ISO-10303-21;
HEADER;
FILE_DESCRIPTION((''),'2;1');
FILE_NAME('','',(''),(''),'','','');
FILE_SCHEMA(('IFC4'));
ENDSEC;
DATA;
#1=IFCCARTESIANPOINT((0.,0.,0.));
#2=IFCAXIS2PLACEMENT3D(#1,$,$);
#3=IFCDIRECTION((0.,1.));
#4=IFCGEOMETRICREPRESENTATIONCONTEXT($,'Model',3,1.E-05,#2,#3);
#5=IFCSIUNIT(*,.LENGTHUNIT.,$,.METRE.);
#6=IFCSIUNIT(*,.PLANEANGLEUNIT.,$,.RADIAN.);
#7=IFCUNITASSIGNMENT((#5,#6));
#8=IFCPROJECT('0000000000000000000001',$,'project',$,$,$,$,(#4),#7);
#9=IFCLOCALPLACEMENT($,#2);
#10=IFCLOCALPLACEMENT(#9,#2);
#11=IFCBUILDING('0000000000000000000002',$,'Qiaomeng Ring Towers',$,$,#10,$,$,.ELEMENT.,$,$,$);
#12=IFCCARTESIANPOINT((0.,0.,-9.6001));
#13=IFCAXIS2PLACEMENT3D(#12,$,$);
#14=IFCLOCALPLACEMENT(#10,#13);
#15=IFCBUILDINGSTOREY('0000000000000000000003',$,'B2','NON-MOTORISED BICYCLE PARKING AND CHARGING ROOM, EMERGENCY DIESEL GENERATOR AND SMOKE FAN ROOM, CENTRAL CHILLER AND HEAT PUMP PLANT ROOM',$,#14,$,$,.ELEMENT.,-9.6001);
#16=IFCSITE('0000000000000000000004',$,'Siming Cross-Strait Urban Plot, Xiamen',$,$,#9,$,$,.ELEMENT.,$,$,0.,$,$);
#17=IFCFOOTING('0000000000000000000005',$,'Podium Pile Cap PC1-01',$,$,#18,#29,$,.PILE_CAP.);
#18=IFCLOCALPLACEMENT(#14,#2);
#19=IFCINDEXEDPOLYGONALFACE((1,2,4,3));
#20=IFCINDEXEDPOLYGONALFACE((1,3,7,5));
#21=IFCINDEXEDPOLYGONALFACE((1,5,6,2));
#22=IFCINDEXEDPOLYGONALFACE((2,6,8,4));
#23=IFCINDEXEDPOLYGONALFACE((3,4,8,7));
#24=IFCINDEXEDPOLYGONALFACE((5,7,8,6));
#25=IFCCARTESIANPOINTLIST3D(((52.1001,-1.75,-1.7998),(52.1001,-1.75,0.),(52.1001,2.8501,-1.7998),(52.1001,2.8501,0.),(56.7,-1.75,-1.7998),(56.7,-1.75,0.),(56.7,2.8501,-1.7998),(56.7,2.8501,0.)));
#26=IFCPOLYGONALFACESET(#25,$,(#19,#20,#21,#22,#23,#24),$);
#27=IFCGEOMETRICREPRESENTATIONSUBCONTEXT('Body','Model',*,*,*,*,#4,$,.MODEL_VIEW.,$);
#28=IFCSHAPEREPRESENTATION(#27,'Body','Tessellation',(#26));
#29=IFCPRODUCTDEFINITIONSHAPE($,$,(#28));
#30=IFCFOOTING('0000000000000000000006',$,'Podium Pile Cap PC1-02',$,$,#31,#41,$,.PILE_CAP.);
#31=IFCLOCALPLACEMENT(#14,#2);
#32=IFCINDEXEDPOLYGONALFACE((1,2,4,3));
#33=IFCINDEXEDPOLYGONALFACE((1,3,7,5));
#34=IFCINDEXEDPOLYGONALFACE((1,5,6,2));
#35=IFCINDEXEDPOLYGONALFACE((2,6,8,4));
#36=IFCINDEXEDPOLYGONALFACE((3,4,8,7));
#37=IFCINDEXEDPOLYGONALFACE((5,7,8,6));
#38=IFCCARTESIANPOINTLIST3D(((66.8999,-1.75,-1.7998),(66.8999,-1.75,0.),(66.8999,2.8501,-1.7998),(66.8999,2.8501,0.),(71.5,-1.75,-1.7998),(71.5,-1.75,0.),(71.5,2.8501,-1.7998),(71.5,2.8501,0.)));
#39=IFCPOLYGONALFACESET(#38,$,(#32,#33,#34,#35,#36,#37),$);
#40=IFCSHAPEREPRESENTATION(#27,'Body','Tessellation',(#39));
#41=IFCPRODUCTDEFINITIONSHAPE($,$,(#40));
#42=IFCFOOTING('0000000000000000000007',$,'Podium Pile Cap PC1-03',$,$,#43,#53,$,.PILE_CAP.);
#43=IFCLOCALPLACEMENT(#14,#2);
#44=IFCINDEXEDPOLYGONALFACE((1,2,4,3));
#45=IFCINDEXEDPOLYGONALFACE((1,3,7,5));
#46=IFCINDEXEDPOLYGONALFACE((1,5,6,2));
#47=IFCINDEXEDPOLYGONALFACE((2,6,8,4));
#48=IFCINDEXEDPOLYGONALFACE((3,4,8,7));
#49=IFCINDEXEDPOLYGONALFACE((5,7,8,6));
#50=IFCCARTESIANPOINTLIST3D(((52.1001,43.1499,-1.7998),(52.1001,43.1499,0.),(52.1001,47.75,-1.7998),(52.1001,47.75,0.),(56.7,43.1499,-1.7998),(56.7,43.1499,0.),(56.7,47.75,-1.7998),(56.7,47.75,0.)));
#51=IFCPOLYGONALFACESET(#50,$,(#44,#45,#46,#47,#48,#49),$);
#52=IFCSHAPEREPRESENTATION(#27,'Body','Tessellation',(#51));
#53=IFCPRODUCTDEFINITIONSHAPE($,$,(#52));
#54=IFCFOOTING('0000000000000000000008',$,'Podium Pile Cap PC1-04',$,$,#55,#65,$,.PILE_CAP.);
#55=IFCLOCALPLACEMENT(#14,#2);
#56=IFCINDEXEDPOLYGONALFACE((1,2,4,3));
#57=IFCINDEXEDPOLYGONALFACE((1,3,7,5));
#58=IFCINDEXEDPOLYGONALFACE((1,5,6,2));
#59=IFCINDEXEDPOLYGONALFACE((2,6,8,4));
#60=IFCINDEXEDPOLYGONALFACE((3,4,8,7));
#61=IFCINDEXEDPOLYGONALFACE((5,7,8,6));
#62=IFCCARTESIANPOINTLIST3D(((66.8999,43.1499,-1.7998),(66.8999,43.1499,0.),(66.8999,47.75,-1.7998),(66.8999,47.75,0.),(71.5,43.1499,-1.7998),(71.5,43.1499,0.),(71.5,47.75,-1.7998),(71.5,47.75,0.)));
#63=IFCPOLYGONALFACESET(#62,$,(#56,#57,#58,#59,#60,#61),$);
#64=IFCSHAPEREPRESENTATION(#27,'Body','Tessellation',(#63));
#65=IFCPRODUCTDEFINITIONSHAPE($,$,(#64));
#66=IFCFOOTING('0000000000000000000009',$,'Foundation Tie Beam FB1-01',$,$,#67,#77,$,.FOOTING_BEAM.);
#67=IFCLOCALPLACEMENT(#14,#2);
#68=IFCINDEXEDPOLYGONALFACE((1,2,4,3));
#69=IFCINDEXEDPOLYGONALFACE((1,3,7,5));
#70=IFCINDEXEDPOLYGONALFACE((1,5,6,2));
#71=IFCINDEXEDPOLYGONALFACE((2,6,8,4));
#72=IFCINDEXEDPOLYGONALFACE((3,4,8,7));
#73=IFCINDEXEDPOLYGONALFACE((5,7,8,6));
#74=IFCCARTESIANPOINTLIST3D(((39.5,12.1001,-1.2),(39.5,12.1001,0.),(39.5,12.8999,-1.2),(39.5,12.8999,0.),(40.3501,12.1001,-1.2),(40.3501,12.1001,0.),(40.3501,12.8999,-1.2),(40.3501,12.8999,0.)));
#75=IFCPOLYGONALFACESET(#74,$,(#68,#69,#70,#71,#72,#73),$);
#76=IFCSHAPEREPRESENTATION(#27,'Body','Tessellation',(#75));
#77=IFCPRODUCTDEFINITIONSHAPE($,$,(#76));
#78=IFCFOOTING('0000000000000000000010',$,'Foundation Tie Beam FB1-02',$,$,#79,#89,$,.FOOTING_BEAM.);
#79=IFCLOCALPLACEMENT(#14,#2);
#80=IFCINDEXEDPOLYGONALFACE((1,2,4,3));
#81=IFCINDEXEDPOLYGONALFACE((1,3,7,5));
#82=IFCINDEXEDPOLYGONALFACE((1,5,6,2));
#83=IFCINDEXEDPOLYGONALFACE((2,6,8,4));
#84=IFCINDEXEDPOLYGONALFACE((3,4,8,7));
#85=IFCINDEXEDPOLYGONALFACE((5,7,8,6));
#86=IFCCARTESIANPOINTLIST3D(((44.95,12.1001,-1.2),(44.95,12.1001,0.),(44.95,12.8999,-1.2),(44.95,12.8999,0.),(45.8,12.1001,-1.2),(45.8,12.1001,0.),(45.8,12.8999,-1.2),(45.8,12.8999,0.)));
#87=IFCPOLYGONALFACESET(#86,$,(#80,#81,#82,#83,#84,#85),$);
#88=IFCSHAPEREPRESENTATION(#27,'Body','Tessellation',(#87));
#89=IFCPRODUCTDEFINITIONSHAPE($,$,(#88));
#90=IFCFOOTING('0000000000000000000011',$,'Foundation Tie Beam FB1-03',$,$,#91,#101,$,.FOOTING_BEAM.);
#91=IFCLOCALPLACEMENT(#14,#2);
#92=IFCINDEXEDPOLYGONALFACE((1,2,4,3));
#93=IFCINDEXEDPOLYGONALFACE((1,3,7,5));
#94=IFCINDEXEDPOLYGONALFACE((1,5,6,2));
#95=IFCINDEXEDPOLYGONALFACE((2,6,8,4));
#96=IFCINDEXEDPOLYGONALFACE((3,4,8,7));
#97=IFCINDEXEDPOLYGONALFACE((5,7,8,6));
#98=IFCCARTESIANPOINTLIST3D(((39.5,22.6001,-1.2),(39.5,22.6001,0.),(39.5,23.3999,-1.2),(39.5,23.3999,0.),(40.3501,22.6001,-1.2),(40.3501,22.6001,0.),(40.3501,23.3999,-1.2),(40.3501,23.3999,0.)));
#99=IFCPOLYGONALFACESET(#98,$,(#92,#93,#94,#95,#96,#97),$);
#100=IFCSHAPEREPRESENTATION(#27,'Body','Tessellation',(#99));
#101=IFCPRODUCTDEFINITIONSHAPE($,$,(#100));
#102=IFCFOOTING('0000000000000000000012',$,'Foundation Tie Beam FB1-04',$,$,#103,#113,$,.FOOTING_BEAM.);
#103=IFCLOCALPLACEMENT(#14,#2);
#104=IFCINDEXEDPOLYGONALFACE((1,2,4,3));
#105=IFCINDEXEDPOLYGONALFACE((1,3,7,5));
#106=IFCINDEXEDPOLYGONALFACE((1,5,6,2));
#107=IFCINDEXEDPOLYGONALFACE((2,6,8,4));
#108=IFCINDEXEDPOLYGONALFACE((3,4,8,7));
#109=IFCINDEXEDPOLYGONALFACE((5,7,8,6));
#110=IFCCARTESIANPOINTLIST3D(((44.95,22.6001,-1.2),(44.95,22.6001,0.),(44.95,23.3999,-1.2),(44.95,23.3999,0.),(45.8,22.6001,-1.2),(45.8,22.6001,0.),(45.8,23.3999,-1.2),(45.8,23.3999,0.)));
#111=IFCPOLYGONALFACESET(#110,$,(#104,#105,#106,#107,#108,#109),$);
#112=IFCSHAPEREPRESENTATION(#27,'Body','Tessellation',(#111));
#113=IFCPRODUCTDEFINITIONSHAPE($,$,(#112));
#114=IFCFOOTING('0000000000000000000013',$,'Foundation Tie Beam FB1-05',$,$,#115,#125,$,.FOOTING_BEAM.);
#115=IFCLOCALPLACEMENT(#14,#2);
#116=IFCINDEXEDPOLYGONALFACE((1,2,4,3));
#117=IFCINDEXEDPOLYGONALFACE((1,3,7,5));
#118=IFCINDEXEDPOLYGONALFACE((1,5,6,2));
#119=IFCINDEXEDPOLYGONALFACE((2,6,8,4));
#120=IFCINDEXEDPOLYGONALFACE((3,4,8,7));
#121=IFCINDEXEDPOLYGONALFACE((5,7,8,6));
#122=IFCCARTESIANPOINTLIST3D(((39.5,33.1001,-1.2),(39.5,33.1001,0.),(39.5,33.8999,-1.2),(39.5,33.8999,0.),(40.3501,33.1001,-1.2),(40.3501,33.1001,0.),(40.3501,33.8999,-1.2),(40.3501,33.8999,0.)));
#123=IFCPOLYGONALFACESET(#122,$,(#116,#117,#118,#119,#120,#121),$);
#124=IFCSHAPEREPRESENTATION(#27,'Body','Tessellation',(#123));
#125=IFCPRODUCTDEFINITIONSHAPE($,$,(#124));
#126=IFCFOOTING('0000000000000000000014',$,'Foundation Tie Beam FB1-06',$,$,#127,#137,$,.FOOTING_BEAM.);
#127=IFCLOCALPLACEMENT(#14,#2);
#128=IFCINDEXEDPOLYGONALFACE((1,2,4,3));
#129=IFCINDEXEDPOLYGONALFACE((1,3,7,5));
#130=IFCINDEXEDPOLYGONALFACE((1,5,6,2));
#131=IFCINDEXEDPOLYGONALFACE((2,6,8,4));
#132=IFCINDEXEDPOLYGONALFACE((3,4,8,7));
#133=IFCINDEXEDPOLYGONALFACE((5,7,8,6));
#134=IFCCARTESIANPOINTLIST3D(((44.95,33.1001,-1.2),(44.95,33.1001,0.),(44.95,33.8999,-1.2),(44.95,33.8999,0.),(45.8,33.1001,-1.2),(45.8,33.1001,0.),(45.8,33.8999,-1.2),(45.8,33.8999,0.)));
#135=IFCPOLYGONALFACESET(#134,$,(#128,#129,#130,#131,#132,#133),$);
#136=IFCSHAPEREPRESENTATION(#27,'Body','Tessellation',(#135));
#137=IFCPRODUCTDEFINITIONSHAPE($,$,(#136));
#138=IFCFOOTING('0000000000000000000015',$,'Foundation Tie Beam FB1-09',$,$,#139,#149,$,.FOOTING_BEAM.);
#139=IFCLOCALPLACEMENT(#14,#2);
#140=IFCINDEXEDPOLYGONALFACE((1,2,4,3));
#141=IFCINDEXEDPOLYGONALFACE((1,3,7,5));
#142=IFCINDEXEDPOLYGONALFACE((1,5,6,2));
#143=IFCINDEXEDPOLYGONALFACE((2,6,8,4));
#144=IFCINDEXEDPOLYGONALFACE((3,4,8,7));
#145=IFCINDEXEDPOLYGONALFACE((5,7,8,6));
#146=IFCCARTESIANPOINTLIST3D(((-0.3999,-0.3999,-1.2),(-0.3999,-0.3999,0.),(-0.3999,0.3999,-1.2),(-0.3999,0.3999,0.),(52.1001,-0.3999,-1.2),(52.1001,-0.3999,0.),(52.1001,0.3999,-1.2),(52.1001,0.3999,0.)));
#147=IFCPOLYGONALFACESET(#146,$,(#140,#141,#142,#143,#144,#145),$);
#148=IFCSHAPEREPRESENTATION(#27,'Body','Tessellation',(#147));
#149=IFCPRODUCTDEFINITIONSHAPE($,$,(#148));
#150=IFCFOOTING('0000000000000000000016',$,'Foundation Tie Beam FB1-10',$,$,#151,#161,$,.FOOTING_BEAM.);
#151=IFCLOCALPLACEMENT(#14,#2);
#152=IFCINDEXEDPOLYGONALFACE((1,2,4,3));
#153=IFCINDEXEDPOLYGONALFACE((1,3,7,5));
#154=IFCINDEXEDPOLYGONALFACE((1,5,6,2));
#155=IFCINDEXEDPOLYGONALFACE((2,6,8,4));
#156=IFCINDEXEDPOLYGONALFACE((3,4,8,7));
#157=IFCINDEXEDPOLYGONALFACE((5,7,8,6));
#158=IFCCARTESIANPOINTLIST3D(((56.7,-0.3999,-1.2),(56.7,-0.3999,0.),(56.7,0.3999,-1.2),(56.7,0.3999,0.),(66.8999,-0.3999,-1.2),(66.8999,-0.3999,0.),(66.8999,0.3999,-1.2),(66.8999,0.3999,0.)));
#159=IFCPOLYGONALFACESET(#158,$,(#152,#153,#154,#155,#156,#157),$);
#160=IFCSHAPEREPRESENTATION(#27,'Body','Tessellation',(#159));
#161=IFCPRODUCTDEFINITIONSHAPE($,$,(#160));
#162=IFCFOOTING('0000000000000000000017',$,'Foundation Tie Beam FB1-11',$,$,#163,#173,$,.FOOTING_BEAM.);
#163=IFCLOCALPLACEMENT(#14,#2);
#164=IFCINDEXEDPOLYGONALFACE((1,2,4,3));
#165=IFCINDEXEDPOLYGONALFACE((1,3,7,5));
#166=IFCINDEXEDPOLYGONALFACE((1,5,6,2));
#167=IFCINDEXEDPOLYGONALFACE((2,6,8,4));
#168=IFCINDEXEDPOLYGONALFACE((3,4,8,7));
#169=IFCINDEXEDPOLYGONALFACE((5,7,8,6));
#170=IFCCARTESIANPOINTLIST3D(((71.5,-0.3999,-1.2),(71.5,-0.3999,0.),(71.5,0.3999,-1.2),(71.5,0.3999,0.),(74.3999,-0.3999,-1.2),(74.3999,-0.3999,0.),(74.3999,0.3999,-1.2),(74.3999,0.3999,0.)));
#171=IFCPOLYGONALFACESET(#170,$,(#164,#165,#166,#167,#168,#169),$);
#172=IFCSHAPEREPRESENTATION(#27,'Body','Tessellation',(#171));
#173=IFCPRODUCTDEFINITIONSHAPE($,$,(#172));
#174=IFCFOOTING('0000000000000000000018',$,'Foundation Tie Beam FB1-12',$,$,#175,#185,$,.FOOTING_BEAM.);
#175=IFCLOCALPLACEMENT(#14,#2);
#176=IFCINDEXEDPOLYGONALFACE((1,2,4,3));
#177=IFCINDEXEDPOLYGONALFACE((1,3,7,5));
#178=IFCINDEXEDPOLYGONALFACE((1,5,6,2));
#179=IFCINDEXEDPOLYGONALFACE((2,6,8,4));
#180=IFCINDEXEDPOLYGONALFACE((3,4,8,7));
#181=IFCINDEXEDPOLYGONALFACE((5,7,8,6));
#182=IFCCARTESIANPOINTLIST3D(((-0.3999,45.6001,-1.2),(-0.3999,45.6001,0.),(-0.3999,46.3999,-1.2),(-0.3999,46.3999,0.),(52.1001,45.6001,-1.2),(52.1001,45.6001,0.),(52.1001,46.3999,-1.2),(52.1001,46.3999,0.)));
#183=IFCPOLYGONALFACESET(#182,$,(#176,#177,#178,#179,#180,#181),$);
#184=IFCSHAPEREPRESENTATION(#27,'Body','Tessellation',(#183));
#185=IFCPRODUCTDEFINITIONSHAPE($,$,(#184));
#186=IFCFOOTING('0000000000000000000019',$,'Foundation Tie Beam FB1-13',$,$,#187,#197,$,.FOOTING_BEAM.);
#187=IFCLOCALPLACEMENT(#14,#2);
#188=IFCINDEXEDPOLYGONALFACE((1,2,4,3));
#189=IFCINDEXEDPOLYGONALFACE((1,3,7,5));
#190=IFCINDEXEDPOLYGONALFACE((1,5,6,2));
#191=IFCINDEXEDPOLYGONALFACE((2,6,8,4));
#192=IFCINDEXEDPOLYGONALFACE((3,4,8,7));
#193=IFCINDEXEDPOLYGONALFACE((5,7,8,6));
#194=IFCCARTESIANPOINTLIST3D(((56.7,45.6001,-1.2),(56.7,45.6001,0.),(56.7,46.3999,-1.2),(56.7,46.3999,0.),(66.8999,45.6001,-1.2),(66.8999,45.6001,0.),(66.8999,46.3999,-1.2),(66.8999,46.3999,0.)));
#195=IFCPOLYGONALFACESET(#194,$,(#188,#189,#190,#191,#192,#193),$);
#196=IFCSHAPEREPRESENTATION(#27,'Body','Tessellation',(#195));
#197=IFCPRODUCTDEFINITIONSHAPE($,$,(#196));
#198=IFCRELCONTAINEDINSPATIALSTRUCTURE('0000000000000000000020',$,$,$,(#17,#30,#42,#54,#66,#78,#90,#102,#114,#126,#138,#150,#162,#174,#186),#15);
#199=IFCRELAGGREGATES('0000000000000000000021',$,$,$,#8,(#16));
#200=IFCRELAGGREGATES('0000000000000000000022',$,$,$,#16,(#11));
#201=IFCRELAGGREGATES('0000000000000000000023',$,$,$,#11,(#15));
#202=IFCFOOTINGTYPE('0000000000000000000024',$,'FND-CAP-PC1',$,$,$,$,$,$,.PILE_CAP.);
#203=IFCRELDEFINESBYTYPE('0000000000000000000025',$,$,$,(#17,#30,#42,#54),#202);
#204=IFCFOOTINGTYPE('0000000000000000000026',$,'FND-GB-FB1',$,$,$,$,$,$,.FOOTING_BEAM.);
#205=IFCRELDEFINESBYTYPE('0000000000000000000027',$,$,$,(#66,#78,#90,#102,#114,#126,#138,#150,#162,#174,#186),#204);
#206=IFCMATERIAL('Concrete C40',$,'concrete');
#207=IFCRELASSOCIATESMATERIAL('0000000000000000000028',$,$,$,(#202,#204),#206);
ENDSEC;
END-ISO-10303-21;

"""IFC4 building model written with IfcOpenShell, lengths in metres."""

from ifc_helpers import new_model, si_unit, direction, frame, origin, place, context, subcontext, project, spatial, polyline, outline, extrude, material, type_object, element, save


model = new_model("IFC4")

# Units and contexts
model_context = context("Model", 3, precision=1e-05, world=origin(), true_north=direction((0.0, 1.0)))
body_context = subcontext(model_context, "Body", "Model", "MODEL_VIEW")
ifc_project = project(units=[si_unit("LENGTHUNIT", "METRE"), si_unit("PLANEANGLEUNIT", "RADIAN")], contexts=[model_context])

# Site, building, storey
site_placement = place(None, origin())
site = spatial("IfcSite", under=ifc_project, at=site_placement, Name="Siming Cross-Strait Urban Plot, Xiamen", CompositionType="ELEMENT", RefElevation=0.0)
building_placement = place(site_placement, origin())
building = spatial("IfcBuilding", under=site, at=building_placement, Name="Qiaomeng Ring Towers", CompositionType="ELEMENT")
storey_placement = place(building_placement, frame((0.0, 0.0, -9.6001)))
storey = spatial("IfcBuildingStorey", under=building, at=storey_placement, Name="B2", Description="NON-MOTORISED BICYCLE PARKING AND CHARGING ROOM, EMERGENCY DIESEL GENERATOR AND SMOKE FAN ROOM, CENTRAL CHILLER AND HEAT PUMP PLANT ROOM", CompositionType="ELEMENT", Elevation=-9.6001)

# Footings
ifc_material = material(Name="Concrete C40", Category="concrete")
footing_type_1 = type_object("IfcFootingType", Name="FND-CAP-PC1", PredefinedType="PILE_CAP", material=ifc_material)
footing_1_placement = place(storey_placement, frame((0.0, 0.0, -1.7998)))
element("IfcFooting", 1, at=footing_1_placement, inside=storey, type_object=footing_type_1, Name="Podium Pile Cap PC1-01", PredefinedType="PILE_CAP", context=body_context, shape_type="SweptSolid", body=[
    extrude(outline(polyline([(52.1001, -1.75), (56.7, -1.75), (56.7, 2.8501), (52.1001, 2.8501), (52.1001, -1.75)])), origin(), (0.0, 0.0, 1.0), 1.7998),
])
footing_2_placement = place(storey_placement, frame((0.0, 0.0, -1.7998)))
element("IfcFooting", 2, at=footing_2_placement, inside=storey, type_object=footing_type_1, Name="Podium Pile Cap PC1-02", PredefinedType="PILE_CAP", context=body_context, shape_type="SweptSolid", body=[
    extrude(outline(polyline([(66.8999, -1.75), (71.5, -1.75), (71.5, 2.8501), (66.8999, 2.8501), (66.8999, -1.75)])), origin(), (0.0, 0.0, 1.0), 1.7998),
])
footing_3_placement = place(storey_placement, frame((0.0, 0.0, -1.7998)))
element("IfcFooting", 3, at=footing_3_placement, inside=storey, type_object=footing_type_1, Name="Podium Pile Cap PC1-03", PredefinedType="PILE_CAP", context=body_context, shape_type="SweptSolid", body=[
    extrude(outline(polyline([(52.1001, 43.1499), (56.7, 43.1499), (56.7, 47.75), (52.1001, 47.75), (52.1001, 43.1499)])), origin(), (0.0, 0.0, 1.0), 1.7998),
])
footing_4_placement = place(storey_placement, frame((0.0, 0.0, -1.7998)))
element("IfcFooting", 4, at=footing_4_placement, inside=storey, type_object=footing_type_1, Name="Podium Pile Cap PC1-04", PredefinedType="PILE_CAP", context=body_context, shape_type="SweptSolid", body=[
    extrude(outline(polyline([(66.8999, 43.1499), (71.5, 43.1499), (71.5, 47.75), (66.8999, 47.75), (66.8999, 43.1499)])), origin(), (0.0, 0.0, 1.0), 1.7998),
])
footing_type_2 = type_object("IfcFootingType", Name="FND-GB-FB1", PredefinedType="FOOTING_BEAM", material=ifc_material)
footing_5_placement = place(storey_placement, frame((0.0, 0.0, -1.2)))
element("IfcFooting", 5, at=footing_5_placement, inside=storey, type_object=footing_type_2, Name="Foundation Tie Beam FB1-01", PredefinedType="FOOTING_BEAM", context=body_context, shape_type="SweptSolid", body=[
    extrude(outline(polyline([(39.5, 12.1001), (40.3501, 12.1001), (40.3501, 12.8999), (39.5, 12.8999), (39.5, 12.1001)])), origin(), (0.0, 0.0, 1.0), 1.2),
])
footing_6_placement = place(storey_placement, frame((0.0, 0.0, -1.2)))
element("IfcFooting", 6, at=footing_6_placement, inside=storey, type_object=footing_type_2, Name="Foundation Tie Beam FB1-02", PredefinedType="FOOTING_BEAM", context=body_context, shape_type="SweptSolid", body=[
    extrude(outline(polyline([(44.95, 12.1001), (45.8, 12.1001), (45.8, 12.8999), (44.95, 12.8999), (44.95, 12.1001)])), origin(), (0.0, 0.0, 1.0), 1.2),
])
footing_7_placement = place(storey_placement, frame((0.0, 0.0, -1.2)))
element("IfcFooting", 7, at=footing_7_placement, inside=storey, type_object=footing_type_2, Name="Foundation Tie Beam FB1-03", PredefinedType="FOOTING_BEAM", context=body_context, shape_type="SweptSolid", body=[
    extrude(outline(polyline([(39.5, 22.6001), (40.3501, 22.6001), (40.3501, 23.3999), (39.5, 23.3999), (39.5, 22.6001)])), origin(), (0.0, 0.0, 1.0), 1.2),
])
footing_8_placement = place(storey_placement, frame((0.0, 0.0, -1.2)))
element("IfcFooting", 8, at=footing_8_placement, inside=storey, type_object=footing_type_2, Name="Foundation Tie Beam FB1-04", PredefinedType="FOOTING_BEAM", context=body_context, shape_type="SweptSolid", body=[
    extrude(outline(polyline([(44.95, 22.6001), (45.8, 22.6001), (45.8, 23.3999), (44.95, 23.3999), (44.95, 22.6001)])), origin(), (0.0, 0.0, 1.0), 1.2),
])
footing_9_placement = place(storey_placement, frame((0.0, 0.0, -1.2)))
element("IfcFooting", 9, at=footing_9_placement, inside=storey, type_object=footing_type_2, Name="Foundation Tie Beam FB1-05", PredefinedType="FOOTING_BEAM", context=body_context, shape_type="SweptSolid", body=[
    extrude(outline(polyline([(39.5, 33.1001), (40.3501, 33.1001), (40.3501, 33.8999), (39.5, 33.8999), (39.5, 33.1001)])), origin(), (0.0, 0.0, 1.0), 1.2),
])
footing_10_placement = place(storey_placement, frame((0.0, 0.0, -1.2)))
element("IfcFooting", 10, at=footing_10_placement, inside=storey, type_object=footing_type_2, Name="Foundation Tie Beam FB1-06", PredefinedType="FOOTING_BEAM", context=body_context, shape_type="SweptSolid", body=[
    extrude(outline(polyline([(44.95, 33.1001), (45.8, 33.1001), (45.8, 33.8999), (44.95, 33.8999), (44.95, 33.1001)])), origin(), (0.0, 0.0, 1.0), 1.2),
])
footing_11_placement = place(storey_placement, frame((0.0, 0.0, -1.2)))
element("IfcFooting", 11, at=footing_11_placement, inside=storey, type_object=footing_type_2, Name="Foundation Tie Beam FB1-09", PredefinedType="FOOTING_BEAM", context=body_context, shape_type="SweptSolid", body=[
    extrude(outline(polyline([(-0.3999, -0.3999), (52.1001, -0.3999), (52.1001, 0.3999), (-0.3999, 0.3999), (-0.3999, -0.3999)])), origin(), (0.0, 0.0, 1.0), 1.2),
])
footing_12_placement = place(storey_placement, frame((0.0, 0.0, -1.2)))
element("IfcFooting", 12, at=footing_12_placement, inside=storey, type_object=footing_type_2, Name="Foundation Tie Beam FB1-10", PredefinedType="FOOTING_BEAM", context=body_context, shape_type="SweptSolid", body=[
    extrude(outline(polyline([(56.7, -0.3999), (66.8999, -0.3999), (66.8999, 0.3999), (56.7, 0.3999), (56.7, -0.3999)])), origin(), (0.0, 0.0, 1.0), 1.2),
])
footing_13_placement = place(storey_placement, frame((0.0, 0.0, -1.2)))
element("IfcFooting", 13, at=footing_13_placement, inside=storey, type_object=footing_type_2, Name="Foundation Tie Beam FB1-11", PredefinedType="FOOTING_BEAM", context=body_context, shape_type="SweptSolid", body=[
    extrude(outline(polyline([(71.5, -0.3999), (74.3999, -0.3999), (74.3999, 0.3999), (71.5, 0.3999), (71.5, -0.3999)])), origin(), (0.0, 0.0, 1.0), 1.2),
])
footing_14_placement = place(storey_placement, frame((0.0, 0.0, -1.2)))
element("IfcFooting", 14, at=footing_14_placement, inside=storey, type_object=footing_type_2, Name="Foundation Tie Beam FB1-12", PredefinedType="FOOTING_BEAM", context=body_context, shape_type="SweptSolid", body=[
    extrude(outline(polyline([(-0.3999, 45.6001), (52.1001, 45.6001), (52.1001, 46.3999), (-0.3999, 46.3999), (-0.3999, 45.6001)])), origin(), (0.0, 0.0, 1.0), 1.2),
])
footing_15_placement = place(storey_placement, frame((0.0, 0.0, -1.2)))
element("IfcFooting", 15, at=footing_15_placement, inside=storey, type_object=footing_type_2, Name="Foundation Tie Beam FB1-13", PredefinedType="FOOTING_BEAM", context=body_context, shape_type="SweptSolid", body=[
    extrude(outline(polyline([(56.7, 45.6001), (66.8999, 45.6001), (66.8999, 46.3999), (56.7, 46.3999), (56.7, 45.6001)])), origin(), (0.0, 0.0, 1.0), 1.2),
])

save(model, "model.ifc")
